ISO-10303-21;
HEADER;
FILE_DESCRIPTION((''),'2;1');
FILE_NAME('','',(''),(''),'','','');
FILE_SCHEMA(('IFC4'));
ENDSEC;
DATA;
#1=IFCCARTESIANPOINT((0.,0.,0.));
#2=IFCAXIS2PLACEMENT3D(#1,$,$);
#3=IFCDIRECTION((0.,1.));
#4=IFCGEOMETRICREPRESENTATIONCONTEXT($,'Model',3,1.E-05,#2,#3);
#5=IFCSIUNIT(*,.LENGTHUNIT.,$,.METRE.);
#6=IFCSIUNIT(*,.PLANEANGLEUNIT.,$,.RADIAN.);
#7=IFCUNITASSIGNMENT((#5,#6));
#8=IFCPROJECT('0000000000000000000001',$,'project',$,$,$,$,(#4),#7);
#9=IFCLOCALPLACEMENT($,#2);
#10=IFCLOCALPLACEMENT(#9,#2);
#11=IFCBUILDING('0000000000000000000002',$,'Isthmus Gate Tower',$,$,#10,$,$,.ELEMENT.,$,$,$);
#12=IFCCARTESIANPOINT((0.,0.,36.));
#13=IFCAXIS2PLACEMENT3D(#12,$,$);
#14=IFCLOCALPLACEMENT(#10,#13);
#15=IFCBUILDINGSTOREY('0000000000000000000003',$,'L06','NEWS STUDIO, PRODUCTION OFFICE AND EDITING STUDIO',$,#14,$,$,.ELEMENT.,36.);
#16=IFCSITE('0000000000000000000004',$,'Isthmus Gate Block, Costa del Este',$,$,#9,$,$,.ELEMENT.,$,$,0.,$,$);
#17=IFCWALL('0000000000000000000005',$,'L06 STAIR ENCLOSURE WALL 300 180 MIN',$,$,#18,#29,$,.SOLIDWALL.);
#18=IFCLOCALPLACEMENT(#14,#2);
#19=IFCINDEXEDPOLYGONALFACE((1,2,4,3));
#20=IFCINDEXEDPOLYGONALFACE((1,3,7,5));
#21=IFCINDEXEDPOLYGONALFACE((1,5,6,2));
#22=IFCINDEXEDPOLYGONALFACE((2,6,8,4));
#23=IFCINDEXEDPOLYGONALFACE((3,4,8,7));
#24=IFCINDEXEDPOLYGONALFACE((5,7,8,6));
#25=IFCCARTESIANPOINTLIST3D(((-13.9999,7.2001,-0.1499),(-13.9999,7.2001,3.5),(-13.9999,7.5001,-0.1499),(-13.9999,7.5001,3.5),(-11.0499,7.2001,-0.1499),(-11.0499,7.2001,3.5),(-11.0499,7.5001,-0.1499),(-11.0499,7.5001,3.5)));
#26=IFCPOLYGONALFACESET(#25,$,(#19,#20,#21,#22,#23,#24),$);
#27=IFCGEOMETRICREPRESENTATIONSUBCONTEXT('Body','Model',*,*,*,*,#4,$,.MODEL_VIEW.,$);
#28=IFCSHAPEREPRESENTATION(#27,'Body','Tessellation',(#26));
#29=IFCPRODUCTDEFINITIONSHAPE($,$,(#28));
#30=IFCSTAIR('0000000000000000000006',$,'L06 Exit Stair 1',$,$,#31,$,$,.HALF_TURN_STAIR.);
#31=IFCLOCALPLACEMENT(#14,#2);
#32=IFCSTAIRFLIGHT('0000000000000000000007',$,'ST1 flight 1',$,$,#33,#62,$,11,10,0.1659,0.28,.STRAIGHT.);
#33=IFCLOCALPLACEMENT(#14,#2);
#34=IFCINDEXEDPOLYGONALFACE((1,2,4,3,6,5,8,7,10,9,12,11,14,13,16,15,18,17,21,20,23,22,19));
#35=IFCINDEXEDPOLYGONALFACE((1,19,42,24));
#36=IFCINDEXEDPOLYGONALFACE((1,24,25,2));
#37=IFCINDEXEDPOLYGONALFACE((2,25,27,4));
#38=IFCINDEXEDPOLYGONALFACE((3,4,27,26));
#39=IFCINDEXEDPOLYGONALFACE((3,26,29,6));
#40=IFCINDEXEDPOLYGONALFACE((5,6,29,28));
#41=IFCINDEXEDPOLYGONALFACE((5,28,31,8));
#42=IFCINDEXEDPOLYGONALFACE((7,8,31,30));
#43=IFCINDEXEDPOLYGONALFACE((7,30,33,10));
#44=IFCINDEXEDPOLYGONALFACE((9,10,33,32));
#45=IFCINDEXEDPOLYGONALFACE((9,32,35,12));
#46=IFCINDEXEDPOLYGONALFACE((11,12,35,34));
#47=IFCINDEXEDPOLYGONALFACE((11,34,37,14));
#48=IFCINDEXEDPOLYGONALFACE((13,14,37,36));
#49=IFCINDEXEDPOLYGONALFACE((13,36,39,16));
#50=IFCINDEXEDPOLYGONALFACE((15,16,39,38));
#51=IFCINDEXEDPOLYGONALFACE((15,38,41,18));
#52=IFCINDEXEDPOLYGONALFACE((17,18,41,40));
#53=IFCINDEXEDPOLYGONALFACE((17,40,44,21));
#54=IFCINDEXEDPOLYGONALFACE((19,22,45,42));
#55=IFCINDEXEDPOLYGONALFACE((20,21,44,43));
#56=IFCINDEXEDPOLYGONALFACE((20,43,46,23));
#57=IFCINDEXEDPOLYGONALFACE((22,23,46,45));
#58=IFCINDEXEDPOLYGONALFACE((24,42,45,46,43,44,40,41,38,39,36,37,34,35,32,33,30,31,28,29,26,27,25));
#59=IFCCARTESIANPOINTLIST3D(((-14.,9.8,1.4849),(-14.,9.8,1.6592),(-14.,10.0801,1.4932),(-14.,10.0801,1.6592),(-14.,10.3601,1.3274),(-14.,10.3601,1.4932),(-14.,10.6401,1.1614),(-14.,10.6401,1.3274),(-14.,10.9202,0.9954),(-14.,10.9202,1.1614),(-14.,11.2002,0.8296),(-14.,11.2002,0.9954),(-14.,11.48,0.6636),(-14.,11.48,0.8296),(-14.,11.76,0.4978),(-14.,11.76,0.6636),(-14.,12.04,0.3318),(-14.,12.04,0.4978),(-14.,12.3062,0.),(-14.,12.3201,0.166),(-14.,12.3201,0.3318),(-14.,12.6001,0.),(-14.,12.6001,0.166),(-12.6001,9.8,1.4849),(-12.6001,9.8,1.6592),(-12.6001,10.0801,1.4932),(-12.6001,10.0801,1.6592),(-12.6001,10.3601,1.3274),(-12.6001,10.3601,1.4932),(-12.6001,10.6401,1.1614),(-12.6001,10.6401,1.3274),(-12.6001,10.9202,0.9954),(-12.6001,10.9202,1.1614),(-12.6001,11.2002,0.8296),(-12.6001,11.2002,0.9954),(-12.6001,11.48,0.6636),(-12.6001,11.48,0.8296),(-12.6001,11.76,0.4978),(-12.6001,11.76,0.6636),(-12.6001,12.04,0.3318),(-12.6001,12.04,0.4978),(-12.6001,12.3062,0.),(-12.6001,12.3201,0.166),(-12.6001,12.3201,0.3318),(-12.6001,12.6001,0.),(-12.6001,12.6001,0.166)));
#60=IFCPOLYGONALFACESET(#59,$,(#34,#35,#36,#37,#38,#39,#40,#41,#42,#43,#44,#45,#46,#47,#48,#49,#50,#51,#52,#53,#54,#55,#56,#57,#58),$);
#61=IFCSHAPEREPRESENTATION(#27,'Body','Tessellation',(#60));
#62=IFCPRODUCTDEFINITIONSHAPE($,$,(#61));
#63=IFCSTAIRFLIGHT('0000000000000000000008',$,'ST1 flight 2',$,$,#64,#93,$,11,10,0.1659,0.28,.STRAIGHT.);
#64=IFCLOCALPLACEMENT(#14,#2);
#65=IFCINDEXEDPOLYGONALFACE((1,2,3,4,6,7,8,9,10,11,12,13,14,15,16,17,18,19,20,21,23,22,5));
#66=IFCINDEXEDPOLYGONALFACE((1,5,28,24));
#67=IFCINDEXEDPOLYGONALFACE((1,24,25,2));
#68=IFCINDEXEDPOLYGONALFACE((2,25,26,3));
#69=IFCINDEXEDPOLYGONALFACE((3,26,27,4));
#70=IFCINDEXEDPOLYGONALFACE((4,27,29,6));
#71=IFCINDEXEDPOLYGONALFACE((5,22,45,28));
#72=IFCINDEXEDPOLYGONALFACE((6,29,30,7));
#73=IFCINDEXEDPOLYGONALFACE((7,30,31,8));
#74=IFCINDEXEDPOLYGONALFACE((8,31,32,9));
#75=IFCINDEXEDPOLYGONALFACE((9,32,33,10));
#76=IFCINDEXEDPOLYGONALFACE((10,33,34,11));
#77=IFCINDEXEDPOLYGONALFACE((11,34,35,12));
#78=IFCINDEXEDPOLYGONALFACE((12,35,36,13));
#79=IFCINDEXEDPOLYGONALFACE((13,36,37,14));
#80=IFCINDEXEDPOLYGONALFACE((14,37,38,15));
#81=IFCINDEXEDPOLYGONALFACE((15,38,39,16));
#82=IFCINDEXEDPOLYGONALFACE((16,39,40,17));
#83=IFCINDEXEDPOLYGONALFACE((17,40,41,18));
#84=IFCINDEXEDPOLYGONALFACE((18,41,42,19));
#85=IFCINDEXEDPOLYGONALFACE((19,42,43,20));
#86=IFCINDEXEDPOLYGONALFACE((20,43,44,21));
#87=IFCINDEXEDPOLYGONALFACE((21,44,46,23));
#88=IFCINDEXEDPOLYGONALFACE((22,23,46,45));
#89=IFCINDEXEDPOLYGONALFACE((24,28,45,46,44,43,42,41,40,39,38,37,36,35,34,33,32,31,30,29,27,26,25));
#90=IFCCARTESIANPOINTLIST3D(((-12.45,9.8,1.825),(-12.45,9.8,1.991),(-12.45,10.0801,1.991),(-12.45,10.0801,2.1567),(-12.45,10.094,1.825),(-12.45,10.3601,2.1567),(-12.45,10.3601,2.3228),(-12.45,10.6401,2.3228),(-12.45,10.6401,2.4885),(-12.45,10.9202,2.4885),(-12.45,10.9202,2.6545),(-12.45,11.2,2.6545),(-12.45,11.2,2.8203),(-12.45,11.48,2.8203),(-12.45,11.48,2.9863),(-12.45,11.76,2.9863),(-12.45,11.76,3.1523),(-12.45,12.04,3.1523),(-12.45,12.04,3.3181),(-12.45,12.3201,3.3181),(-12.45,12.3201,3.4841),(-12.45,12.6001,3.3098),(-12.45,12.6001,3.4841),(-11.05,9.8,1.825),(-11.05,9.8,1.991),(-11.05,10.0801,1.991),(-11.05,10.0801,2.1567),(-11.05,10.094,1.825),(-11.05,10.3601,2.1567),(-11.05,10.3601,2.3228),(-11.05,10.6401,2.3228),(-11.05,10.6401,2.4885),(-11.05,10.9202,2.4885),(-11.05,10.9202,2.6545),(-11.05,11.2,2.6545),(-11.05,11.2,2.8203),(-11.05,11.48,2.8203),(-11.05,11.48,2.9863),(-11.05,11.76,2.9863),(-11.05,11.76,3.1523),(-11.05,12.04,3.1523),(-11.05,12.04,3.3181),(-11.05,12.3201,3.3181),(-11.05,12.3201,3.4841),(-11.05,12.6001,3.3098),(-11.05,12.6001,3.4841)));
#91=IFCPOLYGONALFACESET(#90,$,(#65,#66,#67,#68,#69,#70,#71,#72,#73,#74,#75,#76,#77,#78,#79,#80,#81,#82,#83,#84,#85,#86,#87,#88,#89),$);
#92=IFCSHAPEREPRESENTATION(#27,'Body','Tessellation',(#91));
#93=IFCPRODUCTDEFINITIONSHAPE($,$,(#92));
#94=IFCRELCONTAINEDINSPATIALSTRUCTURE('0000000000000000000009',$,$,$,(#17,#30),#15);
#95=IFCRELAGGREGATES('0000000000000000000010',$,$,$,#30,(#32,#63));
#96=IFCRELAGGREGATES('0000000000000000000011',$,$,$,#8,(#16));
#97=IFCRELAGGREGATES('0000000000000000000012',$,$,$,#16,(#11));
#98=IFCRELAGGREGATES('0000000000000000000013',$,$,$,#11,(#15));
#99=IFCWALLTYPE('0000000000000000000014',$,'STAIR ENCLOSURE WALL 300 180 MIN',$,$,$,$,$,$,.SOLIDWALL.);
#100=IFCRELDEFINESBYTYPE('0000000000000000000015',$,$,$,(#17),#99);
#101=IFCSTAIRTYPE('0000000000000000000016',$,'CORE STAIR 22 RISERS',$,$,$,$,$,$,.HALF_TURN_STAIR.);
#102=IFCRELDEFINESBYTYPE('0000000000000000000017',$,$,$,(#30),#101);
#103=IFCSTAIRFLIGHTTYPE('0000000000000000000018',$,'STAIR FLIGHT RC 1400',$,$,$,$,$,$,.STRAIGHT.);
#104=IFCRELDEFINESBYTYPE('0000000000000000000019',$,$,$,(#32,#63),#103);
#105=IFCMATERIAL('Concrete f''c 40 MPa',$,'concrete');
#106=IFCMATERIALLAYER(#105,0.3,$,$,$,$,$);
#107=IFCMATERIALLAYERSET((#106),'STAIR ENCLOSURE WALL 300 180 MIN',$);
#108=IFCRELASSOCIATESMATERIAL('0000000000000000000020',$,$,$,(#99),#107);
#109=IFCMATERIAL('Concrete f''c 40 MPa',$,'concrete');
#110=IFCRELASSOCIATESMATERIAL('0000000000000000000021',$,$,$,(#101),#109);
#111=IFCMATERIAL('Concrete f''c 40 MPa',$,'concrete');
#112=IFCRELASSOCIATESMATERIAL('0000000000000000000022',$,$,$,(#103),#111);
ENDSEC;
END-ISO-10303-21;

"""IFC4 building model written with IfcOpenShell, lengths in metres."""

from ifc_helpers import new_model, si_unit, direction, frame, frame_2d, origin, place, context, subcontext, project, spatial, polyline, rectangle, outline, extrude, material, layer, layer_set, type_object, element, aggregate, save


model = new_model("IFC4")

# Units and contexts
model_context = context("Model", 3, precision=1e-05, world=origin(), true_north=direction((0.0, 1.0)))
body_context = subcontext(model_context, "Body", "Model", "MODEL_VIEW")
ifc_project = project(units=[si_unit("LENGTHUNIT", "METRE"), si_unit("PLANEANGLEUNIT", "RADIAN")], contexts=[model_context])

# Site, building, storey
site_placement = place(None, origin())
site = spatial("IfcSite", under=ifc_project, at=site_placement, Name="Isthmus Gate Block, Costa del Este", CompositionType="ELEMENT", RefElevation=0.0)
building_placement = place(site_placement, origin())
building = spatial("IfcBuilding", under=site, at=building_placement, Name="Isthmus Gate Tower", CompositionType="ELEMENT")
storey_placement = place(building_placement, frame((0.0, 0.0, 36.0)))
storey = spatial("IfcBuildingStorey", under=building, at=storey_placement, Name="L06", Description="NEWS STUDIO, PRODUCTION OFFICE AND EDITING STUDIO", CompositionType="ELEMENT", Elevation=36.0)

# Wall
ifc_material_1 = material(Name="Concrete f'c 40 MPa", Category="concrete")
ifc_layer_1 = layer(ifc_material_1, 0.3)
ifc_layer_set_1 = layer_set([ifc_layer_1], Name="STAIR ENCLOSURE WALL 300 180 MIN")
wall_type_1 = type_object("IfcWallType", Name="STAIR ENCLOSURE WALL 300 180 MIN", PredefinedType="SOLIDWALL", material=ifc_layer_set_1)
wall_1_placement = place(storey_placement, frame((-14.0, 7.3501, -0.1499), z_axis=(0.0, 0.0, 1.0), x_axis=(1.0, 0.0, 0.0)))
element("IfcWall", 1, at=wall_1_placement, inside=storey, type_object=wall_type_1, Name="L06 STAIR ENCLOSURE WALL 300 180 MIN", PredefinedType="SOLIDWALL", context=body_context, shape_type="SweptSolid", body=[
    extrude(rectangle(XDim=2.95, YDim=0.3, at=frame_2d((1.4751, 0.0))), origin(), (0.0, 0.0, 1.0), 3.6499),
])

# Stair, stair flights
ifc_material_2 = material(Name="Concrete f'c 40 MPa", Category="concrete")
stair_type = type_object("IfcStairType", Name="CORE STAIR 22 RISERS", PredefinedType="HALF_TURN_STAIR", material=ifc_material_2)
stair_placement = place(storey_placement, origin())
stair = element("IfcStair", 2, at=stair_placement, inside=storey, type_object=stair_type, Name="L06 Exit Stair 1", PredefinedType="HALF_TURN_STAIR")
ifc_material_3 = material(Name="Concrete f'c 40 MPa", Category="concrete")
stair_flight_type = type_object("IfcStairFlightType", Name="STAIR FLIGHT RC 1400", PredefinedType="STRAIGHT", material=ifc_material_3)
stair_flight_1_placement = place(storey_placement, frame((-13.3, 12.6001, 0.0), z_axis=(0.0, 0.0, 1.0), x_axis=(0.0, -1.0, 0.0)))
stair_flight_1 = element("IfcStairFlight", 3, at=stair_flight_1_placement, type_object=stair_flight_type, Name="ST1 flight 1", NumberOfRisers=11, NumberOfTreads=10, PredefinedType="STRAIGHT", RiserHeight=0.1659, TreadLength=0.28, context=body_context, shape_type="SweptSolid", body=[
    extrude(outline(polyline([(0.0, 0.0), (0.0, 0.166), (0.28, 0.166), (0.28, 0.3318), (0.5601, 0.3318), (0.5601, 0.4978), (0.8401, 0.4978), (0.8401, 0.6636), (1.1201, 0.6636), (1.1201, 0.8296), (1.3999, 0.8296), (1.3999, 0.9954), (1.6799, 0.9954), (1.6799, 1.1614), (1.96, 1.1614), (1.96, 1.3274), (2.24, 1.3274), (2.24, 1.4932), (2.52, 1.4932), (2.52, 1.6592), (2.8, 1.6592), (2.8, 1.825), (2.8, 1.4849), (0.2939, 0.0), (0.0, 0.0)])), frame((0.0, 0.7, 0.0), z_axis=(0.0, -1.0, 0.0), x_axis=(1.0, 0.0, 0.0)), (0.0, 0.0, 1.0), 1.3999),
])
stair_flight_2_placement = place(storey_placement, frame((-11.75, 9.8, 1.825), z_axis=(0.0, 0.0, 1.0), x_axis=(0.0, 1.0, 0.0)))
stair_flight_2 = element("IfcStairFlight", 4, at=stair_flight_2_placement, type_object=stair_flight_type, Name="ST1 flight 2", NumberOfRisers=11, NumberOfTreads=10, PredefinedType="STRAIGHT", RiserHeight=0.1659, TreadLength=0.28, context=body_context, shape_type="SweptSolid", body=[
    extrude(outline(polyline([(0.0, 0.0), (0.0, 0.166), (0.28, 0.166), (0.28, 0.3318), (0.5601, 0.3318), (0.5601, 0.4978), (0.8401, 0.4978), (0.8401, 0.6636), (1.1201, 0.6636), (1.1201, 0.8296), (1.3999, 0.8296), (1.3999, 0.9954), (1.6799, 0.9954), (1.6799, 1.1614), (1.96, 1.1614), (1.96, 1.3274), (2.24, 1.3274), (2.24, 1.4932), (2.52, 1.4932), (2.52, 1.6592), (2.8, 1.6592), (2.8, 1.825), (2.8, 1.4849), (0.2939, 0.0), (0.0, 0.0)])), frame((0.0, 0.7, 0.0), z_axis=(0.0, -1.0, 0.0), x_axis=(1.0, 0.0, 0.0)), (0.0, 0.0, 1.0), 1.3999),
])
aggregate(stair, [stair_flight_1, stair_flight_2])

save(model, "model.ifc")
